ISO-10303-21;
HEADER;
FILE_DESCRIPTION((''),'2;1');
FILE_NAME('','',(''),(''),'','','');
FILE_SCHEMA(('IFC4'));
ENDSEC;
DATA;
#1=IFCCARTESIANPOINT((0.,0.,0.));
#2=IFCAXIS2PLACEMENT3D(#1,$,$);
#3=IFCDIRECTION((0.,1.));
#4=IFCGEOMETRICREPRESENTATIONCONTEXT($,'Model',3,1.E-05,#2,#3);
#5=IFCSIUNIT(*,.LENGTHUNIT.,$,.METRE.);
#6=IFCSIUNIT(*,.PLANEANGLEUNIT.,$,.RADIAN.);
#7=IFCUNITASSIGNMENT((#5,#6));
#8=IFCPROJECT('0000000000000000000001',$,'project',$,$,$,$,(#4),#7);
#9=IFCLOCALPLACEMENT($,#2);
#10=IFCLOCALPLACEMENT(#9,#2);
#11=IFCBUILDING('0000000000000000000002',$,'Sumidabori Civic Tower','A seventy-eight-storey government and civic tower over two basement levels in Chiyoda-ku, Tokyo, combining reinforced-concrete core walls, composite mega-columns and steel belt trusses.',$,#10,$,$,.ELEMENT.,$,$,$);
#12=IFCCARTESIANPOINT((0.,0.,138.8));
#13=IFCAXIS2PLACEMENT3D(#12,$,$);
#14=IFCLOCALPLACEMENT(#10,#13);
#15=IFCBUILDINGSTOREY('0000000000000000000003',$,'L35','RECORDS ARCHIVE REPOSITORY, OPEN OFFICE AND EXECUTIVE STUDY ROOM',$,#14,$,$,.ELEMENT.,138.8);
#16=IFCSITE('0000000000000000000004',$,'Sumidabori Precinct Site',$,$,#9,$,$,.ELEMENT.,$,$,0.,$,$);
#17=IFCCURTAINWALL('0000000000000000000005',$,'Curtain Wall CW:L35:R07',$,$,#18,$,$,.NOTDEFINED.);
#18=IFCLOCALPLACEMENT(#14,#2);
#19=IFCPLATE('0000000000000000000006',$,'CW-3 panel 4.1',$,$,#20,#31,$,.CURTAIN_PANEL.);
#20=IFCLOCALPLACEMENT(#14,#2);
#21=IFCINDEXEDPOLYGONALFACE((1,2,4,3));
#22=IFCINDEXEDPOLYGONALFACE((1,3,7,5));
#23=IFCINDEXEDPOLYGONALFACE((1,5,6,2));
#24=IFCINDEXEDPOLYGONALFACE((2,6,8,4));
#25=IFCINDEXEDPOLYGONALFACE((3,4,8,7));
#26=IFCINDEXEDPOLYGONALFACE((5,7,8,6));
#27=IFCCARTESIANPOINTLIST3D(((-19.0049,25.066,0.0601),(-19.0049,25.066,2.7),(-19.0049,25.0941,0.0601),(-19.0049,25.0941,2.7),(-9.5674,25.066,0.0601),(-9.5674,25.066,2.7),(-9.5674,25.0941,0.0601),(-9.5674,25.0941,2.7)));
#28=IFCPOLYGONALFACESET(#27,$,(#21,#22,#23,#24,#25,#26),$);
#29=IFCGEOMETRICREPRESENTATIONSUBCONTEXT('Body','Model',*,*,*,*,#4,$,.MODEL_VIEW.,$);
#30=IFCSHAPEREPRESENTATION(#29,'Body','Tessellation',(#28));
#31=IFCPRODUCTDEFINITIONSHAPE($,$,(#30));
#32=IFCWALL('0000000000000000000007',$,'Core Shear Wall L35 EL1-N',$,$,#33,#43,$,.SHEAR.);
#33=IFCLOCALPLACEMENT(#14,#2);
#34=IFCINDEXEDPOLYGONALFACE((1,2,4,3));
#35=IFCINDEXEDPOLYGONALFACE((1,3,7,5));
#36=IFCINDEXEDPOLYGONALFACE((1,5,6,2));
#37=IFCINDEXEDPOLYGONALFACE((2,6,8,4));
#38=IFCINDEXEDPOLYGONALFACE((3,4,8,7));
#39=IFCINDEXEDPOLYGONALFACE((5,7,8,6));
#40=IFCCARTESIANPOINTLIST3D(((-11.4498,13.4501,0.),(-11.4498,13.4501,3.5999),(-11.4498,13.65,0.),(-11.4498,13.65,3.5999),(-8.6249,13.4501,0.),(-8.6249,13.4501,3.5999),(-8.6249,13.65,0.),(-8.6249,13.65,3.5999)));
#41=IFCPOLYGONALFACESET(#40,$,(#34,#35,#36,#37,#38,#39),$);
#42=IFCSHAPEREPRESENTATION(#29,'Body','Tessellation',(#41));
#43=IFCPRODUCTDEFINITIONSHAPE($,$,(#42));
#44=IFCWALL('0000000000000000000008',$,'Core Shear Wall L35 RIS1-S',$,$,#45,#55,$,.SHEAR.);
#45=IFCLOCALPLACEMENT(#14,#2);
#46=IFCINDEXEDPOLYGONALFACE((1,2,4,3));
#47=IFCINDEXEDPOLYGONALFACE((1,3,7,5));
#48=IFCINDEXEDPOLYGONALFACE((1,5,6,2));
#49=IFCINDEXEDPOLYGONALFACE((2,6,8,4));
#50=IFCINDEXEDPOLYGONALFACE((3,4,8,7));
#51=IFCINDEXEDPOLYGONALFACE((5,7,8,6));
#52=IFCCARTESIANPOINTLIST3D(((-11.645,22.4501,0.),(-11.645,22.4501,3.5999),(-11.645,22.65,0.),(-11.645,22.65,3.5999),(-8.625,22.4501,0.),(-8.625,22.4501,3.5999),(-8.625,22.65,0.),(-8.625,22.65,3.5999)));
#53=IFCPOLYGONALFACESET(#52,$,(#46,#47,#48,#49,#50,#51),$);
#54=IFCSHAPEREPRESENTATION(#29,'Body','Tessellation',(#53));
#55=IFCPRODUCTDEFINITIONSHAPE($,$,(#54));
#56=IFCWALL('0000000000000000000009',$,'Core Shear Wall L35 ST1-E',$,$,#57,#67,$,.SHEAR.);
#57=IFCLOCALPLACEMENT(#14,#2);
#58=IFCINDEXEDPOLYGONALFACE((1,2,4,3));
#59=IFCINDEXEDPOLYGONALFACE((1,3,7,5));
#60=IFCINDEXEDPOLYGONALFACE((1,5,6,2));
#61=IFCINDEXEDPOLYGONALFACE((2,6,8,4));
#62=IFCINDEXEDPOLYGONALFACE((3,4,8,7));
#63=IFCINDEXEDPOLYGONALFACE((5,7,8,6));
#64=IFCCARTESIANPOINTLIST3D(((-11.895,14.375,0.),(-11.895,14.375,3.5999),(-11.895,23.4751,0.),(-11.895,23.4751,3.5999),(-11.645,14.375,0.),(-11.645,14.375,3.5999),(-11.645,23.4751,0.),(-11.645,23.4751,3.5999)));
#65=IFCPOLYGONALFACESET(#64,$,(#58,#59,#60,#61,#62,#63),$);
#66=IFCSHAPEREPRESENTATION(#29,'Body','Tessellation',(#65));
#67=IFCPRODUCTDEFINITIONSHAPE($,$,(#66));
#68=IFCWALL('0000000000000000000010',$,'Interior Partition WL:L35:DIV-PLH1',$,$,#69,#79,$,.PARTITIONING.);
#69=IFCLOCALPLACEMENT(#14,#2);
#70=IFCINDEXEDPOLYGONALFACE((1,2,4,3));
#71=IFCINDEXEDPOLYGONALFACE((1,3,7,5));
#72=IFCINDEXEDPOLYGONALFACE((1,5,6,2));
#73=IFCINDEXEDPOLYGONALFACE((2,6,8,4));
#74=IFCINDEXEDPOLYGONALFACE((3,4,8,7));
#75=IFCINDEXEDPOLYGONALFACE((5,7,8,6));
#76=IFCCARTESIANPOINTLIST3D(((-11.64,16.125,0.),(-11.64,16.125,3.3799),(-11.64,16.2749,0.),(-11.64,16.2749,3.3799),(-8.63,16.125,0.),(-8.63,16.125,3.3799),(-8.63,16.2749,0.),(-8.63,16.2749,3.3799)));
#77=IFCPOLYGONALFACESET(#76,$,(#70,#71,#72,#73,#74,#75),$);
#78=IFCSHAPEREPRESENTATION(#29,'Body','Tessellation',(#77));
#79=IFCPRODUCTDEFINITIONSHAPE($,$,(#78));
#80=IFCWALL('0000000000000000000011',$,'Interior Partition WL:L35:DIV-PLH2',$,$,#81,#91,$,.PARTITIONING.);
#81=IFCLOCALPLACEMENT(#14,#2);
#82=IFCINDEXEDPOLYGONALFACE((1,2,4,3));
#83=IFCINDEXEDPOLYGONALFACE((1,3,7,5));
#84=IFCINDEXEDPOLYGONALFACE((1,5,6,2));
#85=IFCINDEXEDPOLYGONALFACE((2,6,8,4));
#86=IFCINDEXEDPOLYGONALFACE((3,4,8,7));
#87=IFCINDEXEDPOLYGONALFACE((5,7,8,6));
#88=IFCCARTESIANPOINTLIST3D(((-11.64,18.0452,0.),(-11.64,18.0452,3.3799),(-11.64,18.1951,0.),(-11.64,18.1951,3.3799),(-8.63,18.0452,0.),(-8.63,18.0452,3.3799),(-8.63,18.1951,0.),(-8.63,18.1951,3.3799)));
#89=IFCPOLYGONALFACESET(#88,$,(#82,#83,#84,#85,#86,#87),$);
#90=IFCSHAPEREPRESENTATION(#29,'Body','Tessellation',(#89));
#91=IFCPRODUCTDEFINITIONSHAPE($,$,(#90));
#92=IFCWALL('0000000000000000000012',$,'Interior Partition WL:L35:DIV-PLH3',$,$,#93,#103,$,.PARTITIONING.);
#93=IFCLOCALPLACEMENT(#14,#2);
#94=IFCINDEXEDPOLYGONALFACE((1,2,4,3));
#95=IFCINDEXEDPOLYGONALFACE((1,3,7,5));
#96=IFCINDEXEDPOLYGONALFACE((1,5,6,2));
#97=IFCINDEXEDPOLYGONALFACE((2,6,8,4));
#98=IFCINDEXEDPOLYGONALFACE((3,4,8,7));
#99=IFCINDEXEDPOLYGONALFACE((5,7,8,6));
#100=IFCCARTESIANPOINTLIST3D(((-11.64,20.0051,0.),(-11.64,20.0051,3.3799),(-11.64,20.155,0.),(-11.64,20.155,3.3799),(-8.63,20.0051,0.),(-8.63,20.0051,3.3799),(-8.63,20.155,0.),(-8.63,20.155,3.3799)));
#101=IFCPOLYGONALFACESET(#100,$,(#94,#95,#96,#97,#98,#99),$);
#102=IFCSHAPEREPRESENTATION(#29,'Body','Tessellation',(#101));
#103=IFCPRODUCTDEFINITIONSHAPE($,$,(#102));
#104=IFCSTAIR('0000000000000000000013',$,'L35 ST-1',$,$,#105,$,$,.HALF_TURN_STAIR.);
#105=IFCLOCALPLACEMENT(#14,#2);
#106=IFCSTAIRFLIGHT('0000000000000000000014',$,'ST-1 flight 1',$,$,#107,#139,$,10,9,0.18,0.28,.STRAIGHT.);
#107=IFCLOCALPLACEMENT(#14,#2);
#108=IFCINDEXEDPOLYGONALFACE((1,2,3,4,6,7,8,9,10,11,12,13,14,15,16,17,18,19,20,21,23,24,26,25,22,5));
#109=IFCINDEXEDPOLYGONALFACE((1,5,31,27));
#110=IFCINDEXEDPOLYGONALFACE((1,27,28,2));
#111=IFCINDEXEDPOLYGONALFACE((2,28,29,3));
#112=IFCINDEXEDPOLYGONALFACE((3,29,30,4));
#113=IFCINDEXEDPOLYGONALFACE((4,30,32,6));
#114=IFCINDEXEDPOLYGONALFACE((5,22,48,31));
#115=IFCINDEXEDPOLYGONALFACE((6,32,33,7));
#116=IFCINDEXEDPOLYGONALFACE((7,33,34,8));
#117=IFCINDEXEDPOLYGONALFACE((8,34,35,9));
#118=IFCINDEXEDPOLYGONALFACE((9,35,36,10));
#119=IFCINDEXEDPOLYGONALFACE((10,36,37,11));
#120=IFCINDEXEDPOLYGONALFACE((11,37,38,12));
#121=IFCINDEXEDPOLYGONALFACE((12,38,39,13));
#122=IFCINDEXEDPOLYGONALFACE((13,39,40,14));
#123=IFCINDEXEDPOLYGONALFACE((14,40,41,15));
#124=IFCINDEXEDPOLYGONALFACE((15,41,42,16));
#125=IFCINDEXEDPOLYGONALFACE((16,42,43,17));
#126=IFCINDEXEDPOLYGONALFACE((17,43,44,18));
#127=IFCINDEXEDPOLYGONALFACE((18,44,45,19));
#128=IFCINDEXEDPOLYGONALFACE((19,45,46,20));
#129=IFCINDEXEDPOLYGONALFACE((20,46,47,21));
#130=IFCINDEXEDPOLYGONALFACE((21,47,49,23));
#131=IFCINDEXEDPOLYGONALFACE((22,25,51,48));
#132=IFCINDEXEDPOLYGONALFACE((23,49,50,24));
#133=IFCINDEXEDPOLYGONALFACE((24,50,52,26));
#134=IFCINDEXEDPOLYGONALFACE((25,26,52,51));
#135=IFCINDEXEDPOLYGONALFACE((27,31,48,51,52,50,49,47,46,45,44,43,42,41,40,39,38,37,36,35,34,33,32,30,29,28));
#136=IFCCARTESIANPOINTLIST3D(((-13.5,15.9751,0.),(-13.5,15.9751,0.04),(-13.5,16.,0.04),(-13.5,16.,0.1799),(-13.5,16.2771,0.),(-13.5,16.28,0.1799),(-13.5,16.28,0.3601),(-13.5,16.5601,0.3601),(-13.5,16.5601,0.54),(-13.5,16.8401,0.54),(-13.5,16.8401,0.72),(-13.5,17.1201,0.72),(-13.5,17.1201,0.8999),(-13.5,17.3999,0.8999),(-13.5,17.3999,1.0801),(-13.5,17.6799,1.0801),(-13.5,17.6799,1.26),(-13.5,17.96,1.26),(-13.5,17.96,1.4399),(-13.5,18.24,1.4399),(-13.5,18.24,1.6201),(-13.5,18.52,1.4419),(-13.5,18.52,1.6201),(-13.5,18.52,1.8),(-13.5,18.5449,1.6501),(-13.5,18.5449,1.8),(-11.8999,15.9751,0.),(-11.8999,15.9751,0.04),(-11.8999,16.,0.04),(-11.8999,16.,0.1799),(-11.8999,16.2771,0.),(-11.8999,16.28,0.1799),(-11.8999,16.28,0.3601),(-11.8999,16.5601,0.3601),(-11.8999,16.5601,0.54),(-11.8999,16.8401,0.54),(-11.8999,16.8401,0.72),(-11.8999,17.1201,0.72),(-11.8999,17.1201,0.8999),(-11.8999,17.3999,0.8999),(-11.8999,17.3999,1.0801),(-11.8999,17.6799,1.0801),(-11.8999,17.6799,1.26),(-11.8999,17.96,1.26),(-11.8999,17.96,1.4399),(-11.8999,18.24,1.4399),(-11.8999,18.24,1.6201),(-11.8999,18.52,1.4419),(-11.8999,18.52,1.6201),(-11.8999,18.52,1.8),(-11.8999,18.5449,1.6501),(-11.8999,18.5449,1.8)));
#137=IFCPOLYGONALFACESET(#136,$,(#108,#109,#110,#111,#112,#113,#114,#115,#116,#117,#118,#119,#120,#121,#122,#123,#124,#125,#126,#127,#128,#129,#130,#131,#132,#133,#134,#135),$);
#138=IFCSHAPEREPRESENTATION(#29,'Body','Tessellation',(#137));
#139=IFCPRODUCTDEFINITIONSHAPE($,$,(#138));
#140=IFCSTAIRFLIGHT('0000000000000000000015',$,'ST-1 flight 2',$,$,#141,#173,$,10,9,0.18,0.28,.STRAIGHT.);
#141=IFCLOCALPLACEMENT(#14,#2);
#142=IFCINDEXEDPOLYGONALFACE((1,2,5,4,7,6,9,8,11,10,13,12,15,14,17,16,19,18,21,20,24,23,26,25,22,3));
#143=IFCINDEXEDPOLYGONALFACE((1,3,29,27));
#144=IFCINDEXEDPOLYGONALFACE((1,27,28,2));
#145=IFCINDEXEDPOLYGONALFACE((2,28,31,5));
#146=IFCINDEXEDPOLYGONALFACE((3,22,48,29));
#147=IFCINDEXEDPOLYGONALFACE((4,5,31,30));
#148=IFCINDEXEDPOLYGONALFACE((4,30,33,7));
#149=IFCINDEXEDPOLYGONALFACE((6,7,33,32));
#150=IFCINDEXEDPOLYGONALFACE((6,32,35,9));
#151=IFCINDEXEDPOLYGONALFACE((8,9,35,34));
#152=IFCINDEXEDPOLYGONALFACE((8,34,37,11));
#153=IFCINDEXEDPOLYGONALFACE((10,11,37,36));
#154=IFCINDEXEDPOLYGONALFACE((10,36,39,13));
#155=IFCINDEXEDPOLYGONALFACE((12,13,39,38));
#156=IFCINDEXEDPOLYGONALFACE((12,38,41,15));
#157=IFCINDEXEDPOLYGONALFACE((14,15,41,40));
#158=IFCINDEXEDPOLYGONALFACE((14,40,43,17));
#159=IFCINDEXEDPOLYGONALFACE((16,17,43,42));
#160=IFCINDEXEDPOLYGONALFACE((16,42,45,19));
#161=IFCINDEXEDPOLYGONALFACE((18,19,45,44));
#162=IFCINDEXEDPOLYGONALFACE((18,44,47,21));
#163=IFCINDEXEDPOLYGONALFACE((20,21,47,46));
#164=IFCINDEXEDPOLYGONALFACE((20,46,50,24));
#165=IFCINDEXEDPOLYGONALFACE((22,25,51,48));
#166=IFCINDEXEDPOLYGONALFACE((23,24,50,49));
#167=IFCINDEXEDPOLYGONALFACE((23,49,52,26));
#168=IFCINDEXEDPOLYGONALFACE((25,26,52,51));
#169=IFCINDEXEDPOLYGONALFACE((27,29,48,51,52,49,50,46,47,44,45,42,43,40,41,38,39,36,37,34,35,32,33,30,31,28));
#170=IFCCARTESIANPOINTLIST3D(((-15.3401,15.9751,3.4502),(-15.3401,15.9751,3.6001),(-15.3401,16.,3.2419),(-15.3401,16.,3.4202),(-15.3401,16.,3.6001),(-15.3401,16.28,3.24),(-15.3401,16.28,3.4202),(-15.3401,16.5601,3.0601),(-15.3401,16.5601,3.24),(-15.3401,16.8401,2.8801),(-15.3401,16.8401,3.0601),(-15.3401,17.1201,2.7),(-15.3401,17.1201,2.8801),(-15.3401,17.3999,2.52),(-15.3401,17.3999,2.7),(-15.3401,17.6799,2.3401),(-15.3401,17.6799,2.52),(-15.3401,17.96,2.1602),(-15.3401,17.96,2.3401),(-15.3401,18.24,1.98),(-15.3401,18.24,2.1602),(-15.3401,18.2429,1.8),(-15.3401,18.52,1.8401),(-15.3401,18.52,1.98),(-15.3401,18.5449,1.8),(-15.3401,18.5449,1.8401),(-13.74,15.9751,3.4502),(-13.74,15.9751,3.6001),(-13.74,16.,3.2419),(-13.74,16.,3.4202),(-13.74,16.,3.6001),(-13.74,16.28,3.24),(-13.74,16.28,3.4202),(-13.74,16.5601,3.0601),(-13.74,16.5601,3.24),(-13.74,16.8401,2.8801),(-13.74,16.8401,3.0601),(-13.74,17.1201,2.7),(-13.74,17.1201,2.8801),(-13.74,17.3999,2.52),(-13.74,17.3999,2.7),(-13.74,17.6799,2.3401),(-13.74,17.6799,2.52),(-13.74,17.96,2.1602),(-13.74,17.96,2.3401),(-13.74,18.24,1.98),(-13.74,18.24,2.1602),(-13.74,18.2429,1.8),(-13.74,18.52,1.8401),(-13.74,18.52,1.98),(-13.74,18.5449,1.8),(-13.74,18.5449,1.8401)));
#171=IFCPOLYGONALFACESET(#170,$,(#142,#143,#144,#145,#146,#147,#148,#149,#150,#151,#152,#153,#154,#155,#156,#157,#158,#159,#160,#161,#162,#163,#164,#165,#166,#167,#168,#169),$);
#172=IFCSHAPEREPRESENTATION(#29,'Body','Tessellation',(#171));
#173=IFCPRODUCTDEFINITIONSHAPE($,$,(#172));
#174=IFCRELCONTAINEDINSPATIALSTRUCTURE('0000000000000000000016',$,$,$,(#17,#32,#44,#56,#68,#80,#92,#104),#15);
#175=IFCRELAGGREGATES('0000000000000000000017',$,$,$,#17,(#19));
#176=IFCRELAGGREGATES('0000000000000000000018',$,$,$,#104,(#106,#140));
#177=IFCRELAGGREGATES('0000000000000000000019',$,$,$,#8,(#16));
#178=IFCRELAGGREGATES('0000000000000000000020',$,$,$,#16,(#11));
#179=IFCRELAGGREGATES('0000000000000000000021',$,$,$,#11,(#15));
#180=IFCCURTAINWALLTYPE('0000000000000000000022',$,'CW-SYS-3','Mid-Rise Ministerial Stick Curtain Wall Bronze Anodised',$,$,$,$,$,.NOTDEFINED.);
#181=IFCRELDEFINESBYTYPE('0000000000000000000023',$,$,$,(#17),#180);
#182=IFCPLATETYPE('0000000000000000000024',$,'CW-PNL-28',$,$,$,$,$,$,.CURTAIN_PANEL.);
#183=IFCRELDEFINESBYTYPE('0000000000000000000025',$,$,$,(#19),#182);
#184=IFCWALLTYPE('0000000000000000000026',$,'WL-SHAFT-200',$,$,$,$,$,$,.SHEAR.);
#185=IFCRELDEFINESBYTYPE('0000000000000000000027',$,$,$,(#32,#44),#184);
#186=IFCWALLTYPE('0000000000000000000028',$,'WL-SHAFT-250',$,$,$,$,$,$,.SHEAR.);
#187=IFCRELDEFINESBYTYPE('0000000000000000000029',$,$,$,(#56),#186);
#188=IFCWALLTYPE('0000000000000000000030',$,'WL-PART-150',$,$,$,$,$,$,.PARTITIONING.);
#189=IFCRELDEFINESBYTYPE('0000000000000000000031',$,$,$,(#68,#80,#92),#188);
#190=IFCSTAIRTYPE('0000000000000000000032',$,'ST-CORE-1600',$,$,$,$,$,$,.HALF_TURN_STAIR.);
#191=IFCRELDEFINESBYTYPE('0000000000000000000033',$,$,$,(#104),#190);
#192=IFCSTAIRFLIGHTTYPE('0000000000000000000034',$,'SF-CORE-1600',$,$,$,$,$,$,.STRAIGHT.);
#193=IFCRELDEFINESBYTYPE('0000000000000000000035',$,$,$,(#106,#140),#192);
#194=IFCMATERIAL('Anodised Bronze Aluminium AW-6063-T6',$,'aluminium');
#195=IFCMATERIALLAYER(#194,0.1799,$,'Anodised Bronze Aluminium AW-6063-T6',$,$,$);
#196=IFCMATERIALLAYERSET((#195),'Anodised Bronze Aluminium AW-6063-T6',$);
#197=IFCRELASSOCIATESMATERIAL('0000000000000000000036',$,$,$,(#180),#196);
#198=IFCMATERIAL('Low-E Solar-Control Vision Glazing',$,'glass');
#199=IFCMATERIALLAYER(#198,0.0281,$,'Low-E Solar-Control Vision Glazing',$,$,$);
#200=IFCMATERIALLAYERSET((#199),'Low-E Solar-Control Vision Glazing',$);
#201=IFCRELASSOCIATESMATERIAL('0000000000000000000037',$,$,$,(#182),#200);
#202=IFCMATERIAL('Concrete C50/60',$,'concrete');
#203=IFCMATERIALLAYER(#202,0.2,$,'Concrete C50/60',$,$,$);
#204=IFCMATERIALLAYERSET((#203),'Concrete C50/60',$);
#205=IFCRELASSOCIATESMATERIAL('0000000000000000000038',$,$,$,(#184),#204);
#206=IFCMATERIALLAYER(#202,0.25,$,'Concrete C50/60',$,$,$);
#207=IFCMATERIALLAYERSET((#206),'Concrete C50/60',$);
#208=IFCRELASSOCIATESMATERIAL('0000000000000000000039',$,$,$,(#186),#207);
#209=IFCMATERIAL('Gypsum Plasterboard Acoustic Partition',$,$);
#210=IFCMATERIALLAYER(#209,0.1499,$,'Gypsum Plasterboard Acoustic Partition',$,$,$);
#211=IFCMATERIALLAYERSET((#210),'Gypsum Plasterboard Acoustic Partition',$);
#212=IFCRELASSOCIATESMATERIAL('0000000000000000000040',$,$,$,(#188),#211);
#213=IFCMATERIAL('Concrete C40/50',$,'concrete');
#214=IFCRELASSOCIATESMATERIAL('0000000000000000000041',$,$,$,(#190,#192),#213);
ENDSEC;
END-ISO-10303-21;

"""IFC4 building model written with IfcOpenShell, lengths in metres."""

from ifc_helpers import new_model, si_unit, direction, frame, frame_2d, origin, origin_2d, place, context, subcontext, project, spatial, polyline, rectangle, outline, extrude, source, transform, mapped, material, layer, layer_set, type_object, element, aggregate, save


model = new_model("IFC4")

# Units and contexts
model_context = context("Model", 3, precision=1e-05, world=origin(), true_north=direction((0.0, 1.0)))
body_context = subcontext(model_context, "Body", "Model", "MODEL_VIEW")
ifc_project = project(units=[si_unit("LENGTHUNIT", "METRE"), si_unit("PLANEANGLEUNIT", "RADIAN")], contexts=[model_context])

# Site, building, storey
site_placement = place(None, origin())
site = spatial("IfcSite", under=ifc_project, at=site_placement, Name="Sumidabori Precinct Site", CompositionType="ELEMENT", RefElevation=0.0)
building_placement = place(site_placement, origin())
building = spatial("IfcBuilding", under=site, at=building_placement, Name="Sumidabori Civic Tower", Description="A seventy-eight-storey government and civic tower over two basement levels in Chiyoda-ku, Tokyo, combining reinforced-concrete core walls, composite mega-columns and steel belt trusses.", CompositionType="ELEMENT")
storey_placement = place(building_placement, frame((0.0, 0.0, 138.8)))
storey = spatial("IfcBuildingStorey", under=building, at=storey_placement, Name="L35", Description="RECORDS ARCHIVE REPOSITORY, OPEN OFFICE AND EXECUTIVE STUDY ROOM", CompositionType="ELEMENT", Elevation=138.8)

# Curtain wall, plate
ifc_material_1 = material(Name="Anodised Bronze Aluminium AW-6063-T6", Category="aluminium")
ifc_layer_1 = layer(ifc_material_1, 0.1799, Name="Anodised Bronze Aluminium AW-6063-T6")
ifc_layer_set_1 = layer_set([ifc_layer_1], Name="Anodised Bronze Aluminium AW-6063-T6")
curtain_wall_type = type_object("IfcCurtainWallType", Name="CW-SYS-3", Description="Mid-Rise Ministerial Stick Curtain Wall Bronze Anodised", PredefinedType="NOTDEFINED", material=ifc_layer_set_1)
curtain_wall_placement = place(storey_placement, origin())
curtain_wall = element("IfcCurtainWall", 1, at=curtain_wall_placement, inside=storey, type_object=curtain_wall_type, Name="Curtain Wall CW:L35:R07", PredefinedType="NOTDEFINED")
ifc_material_2 = material(Name="Low-E Solar-Control Vision Glazing", Category="glass")
ifc_layer_2 = layer(ifc_material_2, 0.0281, Name="Low-E Solar-Control Vision Glazing")
ifc_layer_set_2 = layer_set([ifc_layer_2], Name="Low-E Solar-Control Vision Glazing")
plate_type = type_object("IfcPlateType", Name="CW-PNL-28", PredefinedType="CURTAIN_PANEL", material=ifc_layer_set_2)
shared_shape_1 = source(origin(), body_context, "Body", "SweptSolid", [
    extrude(rectangle(XDim=9.4375, YDim=0.0281, at=origin_2d()), origin(), (0.0, 0.0, 1.0), 2.6399),
])
plate_placement = place(storey_placement, frame((-14.2861, 25.0801, 0.0601), z_axis=(0.0, 0.0, 1.0), x_axis=(-1.0, 0.0, 0.0)))
plate = element("IfcPlate", 2, at=plate_placement, type_object=plate_type, Name="CW-3 panel 4.1", PredefinedType="CURTAIN_PANEL", context=body_context, shape_type="MappedRepresentation", body=[
    mapped(shared_shape_1, transform((0.0, 0.0, 0.0), x_axis=(1.0, 0.0, 0.0), y_axis=(0.0, 1.0, 0.0), z_axis=(0.0, 0.0, 1.0), scale=1.0)),
])
aggregate(curtain_wall, [plate])

# Walls
ifc_material_3 = material(Name="Concrete C50/60", Category="concrete")
ifc_layer_3 = layer(ifc_material_3, 0.2, Name="Concrete C50/60")
ifc_layer_set_3 = layer_set([ifc_layer_3], Name="Concrete C50/60")
wall_type_1 = type_object("IfcWallType", Name="WL-SHAFT-200", PredefinedType="SHEAR", material=ifc_layer_set_3)
shared_shape_2 = source(origin(), body_context, "Body", "SweptSolid", [
    extrude(rectangle(XDim=2.825, YDim=0.2, at=frame_2d((1.4126, 0.0))), origin(), (0.0, 0.0, 1.0), 3.5999),
])
wall_1_placement = place(storey_placement, frame((-11.45, 13.55, 0.0), z_axis=(0.0, 0.0, 1.0), x_axis=(1.0, 0.0, 0.0)))
element("IfcWall", 3, at=wall_1_placement, inside=storey, type_object=wall_type_1, Name="Core Shear Wall L35 EL1-N", PredefinedType="SHEAR", context=body_context, shape_type="MappedRepresentation", body=[
    mapped(shared_shape_2, transform((0.0, 0.0, 0.0), x_axis=(1.0, 0.0, 0.0), y_axis=(0.0, 1.0, 0.0), z_axis=(0.0, 0.0, 1.0), scale=1.0)),
])
shared_shape_3 = source(origin(), body_context, "Body", "SweptSolid", [
    extrude(rectangle(XDim=3.02, YDim=0.2, at=frame_2d((1.51, 0.0))), origin(), (0.0, 0.0, 1.0), 3.5999),
])
wall_2_placement = place(storey_placement, frame((-11.645, 22.55, 0.0), z_axis=(0.0, 0.0, 1.0), x_axis=(1.0, 0.0, 0.0)))
element("IfcWall", 4, at=wall_2_placement, inside=storey, type_object=wall_type_1, Name="Core Shear Wall L35 RIS1-S", PredefinedType="SHEAR", context=body_context, shape_type="MappedRepresentation", body=[
    mapped(shared_shape_3, transform((0.0, 0.0, 0.0), x_axis=(1.0, 0.0, 0.0), y_axis=(0.0, 1.0, 0.0), z_axis=(0.0, 0.0, 1.0), scale=1.0)),
])

# Shared definitions
ifc_layer_4 = layer(ifc_material_3, 0.25, Name="Concrete C50/60")
ifc_layer_set_4 = layer_set([ifc_layer_4], Name="Concrete C50/60")
wall_type_2 = type_object("IfcWallType", Name="WL-SHAFT-250", PredefinedType="SHEAR", material=ifc_layer_set_4)

# Wall
shared_shape_4 = source(origin(), body_context, "Body", "SweptSolid", [
    extrude(rectangle(XDim=9.1001, YDim=0.25, at=frame_2d((4.55, 0.0))), origin(), (0.0, 0.0, 1.0), 3.5999),
])
wall_3_placement = place(storey_placement, frame((-11.77, 14.375, 0.0), z_axis=(0.0, 0.0, 1.0), x_axis=(0.0, 1.0, 0.0)))
element("IfcWall", 5, at=wall_3_placement, inside=storey, type_object=wall_type_2, Name="Core Shear Wall L35 ST1-E", PredefinedType="SHEAR", context=body_context, shape_type="MappedRepresentation", body=[
    mapped(shared_shape_4, transform((0.0, 0.0, 0.0), x_axis=(1.0, 0.0, 0.0), y_axis=(0.0, 1.0, 0.0), z_axis=(0.0, 0.0, 1.0), scale=1.0)),
])

# Walls
ifc_material_4 = material(Name="Gypsum Plasterboard Acoustic Partition")
ifc_layer_5 = layer(ifc_material_4, 0.1499, Name="Gypsum Plasterboard Acoustic Partition")
ifc_layer_set_5 = layer_set([ifc_layer_5], Name="Gypsum Plasterboard Acoustic Partition")
wall_type_3 = type_object("IfcWallType", Name="WL-PART-150", PredefinedType="PARTITIONING", material=ifc_layer_set_5)
shared_shape_5 = source(origin(), body_context, "Body", "SweptSolid", [
    extrude(rectangle(XDim=3.01, YDim=0.1499, at=frame_2d((1.5049, 0.0))), origin(), (0.0, 0.0, 1.0), 3.3799),
])
for number, where, z_axis, x_axis, name in (
    (6, (-11.6399, 16.2, 0.0), (0.0, 0.0, 1.0), (1.0, 0.0, 0.0), "Interior Partition WL:L35:DIV-PLH1"),
    (7, (-11.6399, 18.1201, 0.0), (0.0, 0.0, 1.0), (1.0, 0.0, 0.0), "Interior Partition WL:L35:DIV-PLH2"),
    (8, (-11.6399, 20.0801, 0.0), (0.0, 0.0, 1.0), (1.0, 0.0, 0.0), "Interior Partition WL:L35:DIV-PLH3"),
):
    element("IfcWall", number, at=place(storey_placement, frame(where, z_axis=z_axis, x_axis=x_axis)), inside=storey, type_object=wall_type_3, Name=name, PredefinedType="PARTITIONING", context=body_context, shape_type="MappedRepresentation", body=[
        mapped(shared_shape_5, transform((0.0, 0.0, 0.0), x_axis=(1.0, 0.0, 0.0), y_axis=(0.0, 1.0, 0.0), z_axis=(0.0, 0.0, 1.0), scale=1.0)),
    ])

# Stair, stair flights
ifc_material_5 = material(Name="Concrete C40/50", Category="concrete")
stair_type = type_object("IfcStairType", Name="ST-CORE-1600", PredefinedType="HALF_TURN_STAIR", material=ifc_material_5)
stair_placement = place(storey_placement, origin())
stair = element("IfcStair", 9, at=stair_placement, inside=storey, type_object=stair_type, Name="L35 ST-1", PredefinedType="HALF_TURN_STAIR")
stair_flight_type = type_object("IfcStairFlightType", Name="SF-CORE-1600", PredefinedType="STRAIGHT", material=ifc_material_5)
shared_shape_6 = source(origin(), body_context, "Body", "SweptSolid", [
    extrude(outline(polyline([(-0.0249, 0.0), (-0.0249, 0.04), (0.0, 0.04), (0.0, 0.1799), (0.28, 0.1799), (0.28, 0.3601), (0.5601, 0.3601), (0.5601, 0.54), (0.8401, 0.54), (0.8401, 0.72), (1.1201, 0.72), (1.1201, 0.8999), (1.3999, 0.8999), (1.3999, 1.0801), (1.6799, 1.0801), (1.6799, 1.26), (1.96, 1.26), (1.96, 1.4399), (2.24, 1.4399), (2.24, 1.6201), (2.52, 1.6201), (2.52, 1.8), (2.5449, 1.8), (2.5449, 1.6501), (2.52, 1.4419), (0.2771, 0.0), (-0.0249, 0.0)])), frame((0.0, 0.8, 0.0), z_axis=(0.0, -1.0, 0.0), x_axis=(1.0, 0.0, 0.0)), (0.0, 0.0, 1.0), 1.6001),
])
stair_flight_1_placement = place(storey_placement, frame((-12.7, 16.0, 0.0), z_axis=(0.0, 0.0, 1.0), x_axis=(0.0, 1.0, 0.0)))
stair_flight_1 = element("IfcStairFlight", 10, at=stair_flight_1_placement, type_object=stair_flight_type, Name="ST-1 flight 1", NumberOfRisers=10, NumberOfTreads=9, PredefinedType="STRAIGHT", RiserHeight=0.18, TreadLength=0.28, context=body_context, shape_type="MappedRepresentation", body=[
    mapped(shared_shape_6, transform((0.0, 0.0, 0.0), x_axis=(1.0, 0.0, 0.0), y_axis=(0.0, 1.0, 0.0), z_axis=(0.0, 0.0, 1.0), scale=1.0)),
])
stair_flight_2_placement = place(storey_placement, frame((-14.54, 18.52, 1.8), z_axis=(0.0, 0.0, 1.0), x_axis=(0.0, -1.0, 0.0)))
stair_flight_2 = element("IfcStairFlight", 11, at=stair_flight_2_placement, type_object=stair_flight_type, Name="ST-1 flight 2", NumberOfRisers=10, NumberOfTreads=9, PredefinedType="STRAIGHT", RiserHeight=0.18, TreadLength=0.28, context=body_context, shape_type="MappedRepresentation", body=[
    mapped(shared_shape_6, transform((0.0, 0.0, 0.0), x_axis=(1.0, 0.0, 0.0), y_axis=(0.0, 1.0, 0.0), z_axis=(0.0, 0.0, 1.0), scale=1.0)),
])
aggregate(stair, [stair_flight_1, stair_flight_2])

save(model, "model.ifc")
